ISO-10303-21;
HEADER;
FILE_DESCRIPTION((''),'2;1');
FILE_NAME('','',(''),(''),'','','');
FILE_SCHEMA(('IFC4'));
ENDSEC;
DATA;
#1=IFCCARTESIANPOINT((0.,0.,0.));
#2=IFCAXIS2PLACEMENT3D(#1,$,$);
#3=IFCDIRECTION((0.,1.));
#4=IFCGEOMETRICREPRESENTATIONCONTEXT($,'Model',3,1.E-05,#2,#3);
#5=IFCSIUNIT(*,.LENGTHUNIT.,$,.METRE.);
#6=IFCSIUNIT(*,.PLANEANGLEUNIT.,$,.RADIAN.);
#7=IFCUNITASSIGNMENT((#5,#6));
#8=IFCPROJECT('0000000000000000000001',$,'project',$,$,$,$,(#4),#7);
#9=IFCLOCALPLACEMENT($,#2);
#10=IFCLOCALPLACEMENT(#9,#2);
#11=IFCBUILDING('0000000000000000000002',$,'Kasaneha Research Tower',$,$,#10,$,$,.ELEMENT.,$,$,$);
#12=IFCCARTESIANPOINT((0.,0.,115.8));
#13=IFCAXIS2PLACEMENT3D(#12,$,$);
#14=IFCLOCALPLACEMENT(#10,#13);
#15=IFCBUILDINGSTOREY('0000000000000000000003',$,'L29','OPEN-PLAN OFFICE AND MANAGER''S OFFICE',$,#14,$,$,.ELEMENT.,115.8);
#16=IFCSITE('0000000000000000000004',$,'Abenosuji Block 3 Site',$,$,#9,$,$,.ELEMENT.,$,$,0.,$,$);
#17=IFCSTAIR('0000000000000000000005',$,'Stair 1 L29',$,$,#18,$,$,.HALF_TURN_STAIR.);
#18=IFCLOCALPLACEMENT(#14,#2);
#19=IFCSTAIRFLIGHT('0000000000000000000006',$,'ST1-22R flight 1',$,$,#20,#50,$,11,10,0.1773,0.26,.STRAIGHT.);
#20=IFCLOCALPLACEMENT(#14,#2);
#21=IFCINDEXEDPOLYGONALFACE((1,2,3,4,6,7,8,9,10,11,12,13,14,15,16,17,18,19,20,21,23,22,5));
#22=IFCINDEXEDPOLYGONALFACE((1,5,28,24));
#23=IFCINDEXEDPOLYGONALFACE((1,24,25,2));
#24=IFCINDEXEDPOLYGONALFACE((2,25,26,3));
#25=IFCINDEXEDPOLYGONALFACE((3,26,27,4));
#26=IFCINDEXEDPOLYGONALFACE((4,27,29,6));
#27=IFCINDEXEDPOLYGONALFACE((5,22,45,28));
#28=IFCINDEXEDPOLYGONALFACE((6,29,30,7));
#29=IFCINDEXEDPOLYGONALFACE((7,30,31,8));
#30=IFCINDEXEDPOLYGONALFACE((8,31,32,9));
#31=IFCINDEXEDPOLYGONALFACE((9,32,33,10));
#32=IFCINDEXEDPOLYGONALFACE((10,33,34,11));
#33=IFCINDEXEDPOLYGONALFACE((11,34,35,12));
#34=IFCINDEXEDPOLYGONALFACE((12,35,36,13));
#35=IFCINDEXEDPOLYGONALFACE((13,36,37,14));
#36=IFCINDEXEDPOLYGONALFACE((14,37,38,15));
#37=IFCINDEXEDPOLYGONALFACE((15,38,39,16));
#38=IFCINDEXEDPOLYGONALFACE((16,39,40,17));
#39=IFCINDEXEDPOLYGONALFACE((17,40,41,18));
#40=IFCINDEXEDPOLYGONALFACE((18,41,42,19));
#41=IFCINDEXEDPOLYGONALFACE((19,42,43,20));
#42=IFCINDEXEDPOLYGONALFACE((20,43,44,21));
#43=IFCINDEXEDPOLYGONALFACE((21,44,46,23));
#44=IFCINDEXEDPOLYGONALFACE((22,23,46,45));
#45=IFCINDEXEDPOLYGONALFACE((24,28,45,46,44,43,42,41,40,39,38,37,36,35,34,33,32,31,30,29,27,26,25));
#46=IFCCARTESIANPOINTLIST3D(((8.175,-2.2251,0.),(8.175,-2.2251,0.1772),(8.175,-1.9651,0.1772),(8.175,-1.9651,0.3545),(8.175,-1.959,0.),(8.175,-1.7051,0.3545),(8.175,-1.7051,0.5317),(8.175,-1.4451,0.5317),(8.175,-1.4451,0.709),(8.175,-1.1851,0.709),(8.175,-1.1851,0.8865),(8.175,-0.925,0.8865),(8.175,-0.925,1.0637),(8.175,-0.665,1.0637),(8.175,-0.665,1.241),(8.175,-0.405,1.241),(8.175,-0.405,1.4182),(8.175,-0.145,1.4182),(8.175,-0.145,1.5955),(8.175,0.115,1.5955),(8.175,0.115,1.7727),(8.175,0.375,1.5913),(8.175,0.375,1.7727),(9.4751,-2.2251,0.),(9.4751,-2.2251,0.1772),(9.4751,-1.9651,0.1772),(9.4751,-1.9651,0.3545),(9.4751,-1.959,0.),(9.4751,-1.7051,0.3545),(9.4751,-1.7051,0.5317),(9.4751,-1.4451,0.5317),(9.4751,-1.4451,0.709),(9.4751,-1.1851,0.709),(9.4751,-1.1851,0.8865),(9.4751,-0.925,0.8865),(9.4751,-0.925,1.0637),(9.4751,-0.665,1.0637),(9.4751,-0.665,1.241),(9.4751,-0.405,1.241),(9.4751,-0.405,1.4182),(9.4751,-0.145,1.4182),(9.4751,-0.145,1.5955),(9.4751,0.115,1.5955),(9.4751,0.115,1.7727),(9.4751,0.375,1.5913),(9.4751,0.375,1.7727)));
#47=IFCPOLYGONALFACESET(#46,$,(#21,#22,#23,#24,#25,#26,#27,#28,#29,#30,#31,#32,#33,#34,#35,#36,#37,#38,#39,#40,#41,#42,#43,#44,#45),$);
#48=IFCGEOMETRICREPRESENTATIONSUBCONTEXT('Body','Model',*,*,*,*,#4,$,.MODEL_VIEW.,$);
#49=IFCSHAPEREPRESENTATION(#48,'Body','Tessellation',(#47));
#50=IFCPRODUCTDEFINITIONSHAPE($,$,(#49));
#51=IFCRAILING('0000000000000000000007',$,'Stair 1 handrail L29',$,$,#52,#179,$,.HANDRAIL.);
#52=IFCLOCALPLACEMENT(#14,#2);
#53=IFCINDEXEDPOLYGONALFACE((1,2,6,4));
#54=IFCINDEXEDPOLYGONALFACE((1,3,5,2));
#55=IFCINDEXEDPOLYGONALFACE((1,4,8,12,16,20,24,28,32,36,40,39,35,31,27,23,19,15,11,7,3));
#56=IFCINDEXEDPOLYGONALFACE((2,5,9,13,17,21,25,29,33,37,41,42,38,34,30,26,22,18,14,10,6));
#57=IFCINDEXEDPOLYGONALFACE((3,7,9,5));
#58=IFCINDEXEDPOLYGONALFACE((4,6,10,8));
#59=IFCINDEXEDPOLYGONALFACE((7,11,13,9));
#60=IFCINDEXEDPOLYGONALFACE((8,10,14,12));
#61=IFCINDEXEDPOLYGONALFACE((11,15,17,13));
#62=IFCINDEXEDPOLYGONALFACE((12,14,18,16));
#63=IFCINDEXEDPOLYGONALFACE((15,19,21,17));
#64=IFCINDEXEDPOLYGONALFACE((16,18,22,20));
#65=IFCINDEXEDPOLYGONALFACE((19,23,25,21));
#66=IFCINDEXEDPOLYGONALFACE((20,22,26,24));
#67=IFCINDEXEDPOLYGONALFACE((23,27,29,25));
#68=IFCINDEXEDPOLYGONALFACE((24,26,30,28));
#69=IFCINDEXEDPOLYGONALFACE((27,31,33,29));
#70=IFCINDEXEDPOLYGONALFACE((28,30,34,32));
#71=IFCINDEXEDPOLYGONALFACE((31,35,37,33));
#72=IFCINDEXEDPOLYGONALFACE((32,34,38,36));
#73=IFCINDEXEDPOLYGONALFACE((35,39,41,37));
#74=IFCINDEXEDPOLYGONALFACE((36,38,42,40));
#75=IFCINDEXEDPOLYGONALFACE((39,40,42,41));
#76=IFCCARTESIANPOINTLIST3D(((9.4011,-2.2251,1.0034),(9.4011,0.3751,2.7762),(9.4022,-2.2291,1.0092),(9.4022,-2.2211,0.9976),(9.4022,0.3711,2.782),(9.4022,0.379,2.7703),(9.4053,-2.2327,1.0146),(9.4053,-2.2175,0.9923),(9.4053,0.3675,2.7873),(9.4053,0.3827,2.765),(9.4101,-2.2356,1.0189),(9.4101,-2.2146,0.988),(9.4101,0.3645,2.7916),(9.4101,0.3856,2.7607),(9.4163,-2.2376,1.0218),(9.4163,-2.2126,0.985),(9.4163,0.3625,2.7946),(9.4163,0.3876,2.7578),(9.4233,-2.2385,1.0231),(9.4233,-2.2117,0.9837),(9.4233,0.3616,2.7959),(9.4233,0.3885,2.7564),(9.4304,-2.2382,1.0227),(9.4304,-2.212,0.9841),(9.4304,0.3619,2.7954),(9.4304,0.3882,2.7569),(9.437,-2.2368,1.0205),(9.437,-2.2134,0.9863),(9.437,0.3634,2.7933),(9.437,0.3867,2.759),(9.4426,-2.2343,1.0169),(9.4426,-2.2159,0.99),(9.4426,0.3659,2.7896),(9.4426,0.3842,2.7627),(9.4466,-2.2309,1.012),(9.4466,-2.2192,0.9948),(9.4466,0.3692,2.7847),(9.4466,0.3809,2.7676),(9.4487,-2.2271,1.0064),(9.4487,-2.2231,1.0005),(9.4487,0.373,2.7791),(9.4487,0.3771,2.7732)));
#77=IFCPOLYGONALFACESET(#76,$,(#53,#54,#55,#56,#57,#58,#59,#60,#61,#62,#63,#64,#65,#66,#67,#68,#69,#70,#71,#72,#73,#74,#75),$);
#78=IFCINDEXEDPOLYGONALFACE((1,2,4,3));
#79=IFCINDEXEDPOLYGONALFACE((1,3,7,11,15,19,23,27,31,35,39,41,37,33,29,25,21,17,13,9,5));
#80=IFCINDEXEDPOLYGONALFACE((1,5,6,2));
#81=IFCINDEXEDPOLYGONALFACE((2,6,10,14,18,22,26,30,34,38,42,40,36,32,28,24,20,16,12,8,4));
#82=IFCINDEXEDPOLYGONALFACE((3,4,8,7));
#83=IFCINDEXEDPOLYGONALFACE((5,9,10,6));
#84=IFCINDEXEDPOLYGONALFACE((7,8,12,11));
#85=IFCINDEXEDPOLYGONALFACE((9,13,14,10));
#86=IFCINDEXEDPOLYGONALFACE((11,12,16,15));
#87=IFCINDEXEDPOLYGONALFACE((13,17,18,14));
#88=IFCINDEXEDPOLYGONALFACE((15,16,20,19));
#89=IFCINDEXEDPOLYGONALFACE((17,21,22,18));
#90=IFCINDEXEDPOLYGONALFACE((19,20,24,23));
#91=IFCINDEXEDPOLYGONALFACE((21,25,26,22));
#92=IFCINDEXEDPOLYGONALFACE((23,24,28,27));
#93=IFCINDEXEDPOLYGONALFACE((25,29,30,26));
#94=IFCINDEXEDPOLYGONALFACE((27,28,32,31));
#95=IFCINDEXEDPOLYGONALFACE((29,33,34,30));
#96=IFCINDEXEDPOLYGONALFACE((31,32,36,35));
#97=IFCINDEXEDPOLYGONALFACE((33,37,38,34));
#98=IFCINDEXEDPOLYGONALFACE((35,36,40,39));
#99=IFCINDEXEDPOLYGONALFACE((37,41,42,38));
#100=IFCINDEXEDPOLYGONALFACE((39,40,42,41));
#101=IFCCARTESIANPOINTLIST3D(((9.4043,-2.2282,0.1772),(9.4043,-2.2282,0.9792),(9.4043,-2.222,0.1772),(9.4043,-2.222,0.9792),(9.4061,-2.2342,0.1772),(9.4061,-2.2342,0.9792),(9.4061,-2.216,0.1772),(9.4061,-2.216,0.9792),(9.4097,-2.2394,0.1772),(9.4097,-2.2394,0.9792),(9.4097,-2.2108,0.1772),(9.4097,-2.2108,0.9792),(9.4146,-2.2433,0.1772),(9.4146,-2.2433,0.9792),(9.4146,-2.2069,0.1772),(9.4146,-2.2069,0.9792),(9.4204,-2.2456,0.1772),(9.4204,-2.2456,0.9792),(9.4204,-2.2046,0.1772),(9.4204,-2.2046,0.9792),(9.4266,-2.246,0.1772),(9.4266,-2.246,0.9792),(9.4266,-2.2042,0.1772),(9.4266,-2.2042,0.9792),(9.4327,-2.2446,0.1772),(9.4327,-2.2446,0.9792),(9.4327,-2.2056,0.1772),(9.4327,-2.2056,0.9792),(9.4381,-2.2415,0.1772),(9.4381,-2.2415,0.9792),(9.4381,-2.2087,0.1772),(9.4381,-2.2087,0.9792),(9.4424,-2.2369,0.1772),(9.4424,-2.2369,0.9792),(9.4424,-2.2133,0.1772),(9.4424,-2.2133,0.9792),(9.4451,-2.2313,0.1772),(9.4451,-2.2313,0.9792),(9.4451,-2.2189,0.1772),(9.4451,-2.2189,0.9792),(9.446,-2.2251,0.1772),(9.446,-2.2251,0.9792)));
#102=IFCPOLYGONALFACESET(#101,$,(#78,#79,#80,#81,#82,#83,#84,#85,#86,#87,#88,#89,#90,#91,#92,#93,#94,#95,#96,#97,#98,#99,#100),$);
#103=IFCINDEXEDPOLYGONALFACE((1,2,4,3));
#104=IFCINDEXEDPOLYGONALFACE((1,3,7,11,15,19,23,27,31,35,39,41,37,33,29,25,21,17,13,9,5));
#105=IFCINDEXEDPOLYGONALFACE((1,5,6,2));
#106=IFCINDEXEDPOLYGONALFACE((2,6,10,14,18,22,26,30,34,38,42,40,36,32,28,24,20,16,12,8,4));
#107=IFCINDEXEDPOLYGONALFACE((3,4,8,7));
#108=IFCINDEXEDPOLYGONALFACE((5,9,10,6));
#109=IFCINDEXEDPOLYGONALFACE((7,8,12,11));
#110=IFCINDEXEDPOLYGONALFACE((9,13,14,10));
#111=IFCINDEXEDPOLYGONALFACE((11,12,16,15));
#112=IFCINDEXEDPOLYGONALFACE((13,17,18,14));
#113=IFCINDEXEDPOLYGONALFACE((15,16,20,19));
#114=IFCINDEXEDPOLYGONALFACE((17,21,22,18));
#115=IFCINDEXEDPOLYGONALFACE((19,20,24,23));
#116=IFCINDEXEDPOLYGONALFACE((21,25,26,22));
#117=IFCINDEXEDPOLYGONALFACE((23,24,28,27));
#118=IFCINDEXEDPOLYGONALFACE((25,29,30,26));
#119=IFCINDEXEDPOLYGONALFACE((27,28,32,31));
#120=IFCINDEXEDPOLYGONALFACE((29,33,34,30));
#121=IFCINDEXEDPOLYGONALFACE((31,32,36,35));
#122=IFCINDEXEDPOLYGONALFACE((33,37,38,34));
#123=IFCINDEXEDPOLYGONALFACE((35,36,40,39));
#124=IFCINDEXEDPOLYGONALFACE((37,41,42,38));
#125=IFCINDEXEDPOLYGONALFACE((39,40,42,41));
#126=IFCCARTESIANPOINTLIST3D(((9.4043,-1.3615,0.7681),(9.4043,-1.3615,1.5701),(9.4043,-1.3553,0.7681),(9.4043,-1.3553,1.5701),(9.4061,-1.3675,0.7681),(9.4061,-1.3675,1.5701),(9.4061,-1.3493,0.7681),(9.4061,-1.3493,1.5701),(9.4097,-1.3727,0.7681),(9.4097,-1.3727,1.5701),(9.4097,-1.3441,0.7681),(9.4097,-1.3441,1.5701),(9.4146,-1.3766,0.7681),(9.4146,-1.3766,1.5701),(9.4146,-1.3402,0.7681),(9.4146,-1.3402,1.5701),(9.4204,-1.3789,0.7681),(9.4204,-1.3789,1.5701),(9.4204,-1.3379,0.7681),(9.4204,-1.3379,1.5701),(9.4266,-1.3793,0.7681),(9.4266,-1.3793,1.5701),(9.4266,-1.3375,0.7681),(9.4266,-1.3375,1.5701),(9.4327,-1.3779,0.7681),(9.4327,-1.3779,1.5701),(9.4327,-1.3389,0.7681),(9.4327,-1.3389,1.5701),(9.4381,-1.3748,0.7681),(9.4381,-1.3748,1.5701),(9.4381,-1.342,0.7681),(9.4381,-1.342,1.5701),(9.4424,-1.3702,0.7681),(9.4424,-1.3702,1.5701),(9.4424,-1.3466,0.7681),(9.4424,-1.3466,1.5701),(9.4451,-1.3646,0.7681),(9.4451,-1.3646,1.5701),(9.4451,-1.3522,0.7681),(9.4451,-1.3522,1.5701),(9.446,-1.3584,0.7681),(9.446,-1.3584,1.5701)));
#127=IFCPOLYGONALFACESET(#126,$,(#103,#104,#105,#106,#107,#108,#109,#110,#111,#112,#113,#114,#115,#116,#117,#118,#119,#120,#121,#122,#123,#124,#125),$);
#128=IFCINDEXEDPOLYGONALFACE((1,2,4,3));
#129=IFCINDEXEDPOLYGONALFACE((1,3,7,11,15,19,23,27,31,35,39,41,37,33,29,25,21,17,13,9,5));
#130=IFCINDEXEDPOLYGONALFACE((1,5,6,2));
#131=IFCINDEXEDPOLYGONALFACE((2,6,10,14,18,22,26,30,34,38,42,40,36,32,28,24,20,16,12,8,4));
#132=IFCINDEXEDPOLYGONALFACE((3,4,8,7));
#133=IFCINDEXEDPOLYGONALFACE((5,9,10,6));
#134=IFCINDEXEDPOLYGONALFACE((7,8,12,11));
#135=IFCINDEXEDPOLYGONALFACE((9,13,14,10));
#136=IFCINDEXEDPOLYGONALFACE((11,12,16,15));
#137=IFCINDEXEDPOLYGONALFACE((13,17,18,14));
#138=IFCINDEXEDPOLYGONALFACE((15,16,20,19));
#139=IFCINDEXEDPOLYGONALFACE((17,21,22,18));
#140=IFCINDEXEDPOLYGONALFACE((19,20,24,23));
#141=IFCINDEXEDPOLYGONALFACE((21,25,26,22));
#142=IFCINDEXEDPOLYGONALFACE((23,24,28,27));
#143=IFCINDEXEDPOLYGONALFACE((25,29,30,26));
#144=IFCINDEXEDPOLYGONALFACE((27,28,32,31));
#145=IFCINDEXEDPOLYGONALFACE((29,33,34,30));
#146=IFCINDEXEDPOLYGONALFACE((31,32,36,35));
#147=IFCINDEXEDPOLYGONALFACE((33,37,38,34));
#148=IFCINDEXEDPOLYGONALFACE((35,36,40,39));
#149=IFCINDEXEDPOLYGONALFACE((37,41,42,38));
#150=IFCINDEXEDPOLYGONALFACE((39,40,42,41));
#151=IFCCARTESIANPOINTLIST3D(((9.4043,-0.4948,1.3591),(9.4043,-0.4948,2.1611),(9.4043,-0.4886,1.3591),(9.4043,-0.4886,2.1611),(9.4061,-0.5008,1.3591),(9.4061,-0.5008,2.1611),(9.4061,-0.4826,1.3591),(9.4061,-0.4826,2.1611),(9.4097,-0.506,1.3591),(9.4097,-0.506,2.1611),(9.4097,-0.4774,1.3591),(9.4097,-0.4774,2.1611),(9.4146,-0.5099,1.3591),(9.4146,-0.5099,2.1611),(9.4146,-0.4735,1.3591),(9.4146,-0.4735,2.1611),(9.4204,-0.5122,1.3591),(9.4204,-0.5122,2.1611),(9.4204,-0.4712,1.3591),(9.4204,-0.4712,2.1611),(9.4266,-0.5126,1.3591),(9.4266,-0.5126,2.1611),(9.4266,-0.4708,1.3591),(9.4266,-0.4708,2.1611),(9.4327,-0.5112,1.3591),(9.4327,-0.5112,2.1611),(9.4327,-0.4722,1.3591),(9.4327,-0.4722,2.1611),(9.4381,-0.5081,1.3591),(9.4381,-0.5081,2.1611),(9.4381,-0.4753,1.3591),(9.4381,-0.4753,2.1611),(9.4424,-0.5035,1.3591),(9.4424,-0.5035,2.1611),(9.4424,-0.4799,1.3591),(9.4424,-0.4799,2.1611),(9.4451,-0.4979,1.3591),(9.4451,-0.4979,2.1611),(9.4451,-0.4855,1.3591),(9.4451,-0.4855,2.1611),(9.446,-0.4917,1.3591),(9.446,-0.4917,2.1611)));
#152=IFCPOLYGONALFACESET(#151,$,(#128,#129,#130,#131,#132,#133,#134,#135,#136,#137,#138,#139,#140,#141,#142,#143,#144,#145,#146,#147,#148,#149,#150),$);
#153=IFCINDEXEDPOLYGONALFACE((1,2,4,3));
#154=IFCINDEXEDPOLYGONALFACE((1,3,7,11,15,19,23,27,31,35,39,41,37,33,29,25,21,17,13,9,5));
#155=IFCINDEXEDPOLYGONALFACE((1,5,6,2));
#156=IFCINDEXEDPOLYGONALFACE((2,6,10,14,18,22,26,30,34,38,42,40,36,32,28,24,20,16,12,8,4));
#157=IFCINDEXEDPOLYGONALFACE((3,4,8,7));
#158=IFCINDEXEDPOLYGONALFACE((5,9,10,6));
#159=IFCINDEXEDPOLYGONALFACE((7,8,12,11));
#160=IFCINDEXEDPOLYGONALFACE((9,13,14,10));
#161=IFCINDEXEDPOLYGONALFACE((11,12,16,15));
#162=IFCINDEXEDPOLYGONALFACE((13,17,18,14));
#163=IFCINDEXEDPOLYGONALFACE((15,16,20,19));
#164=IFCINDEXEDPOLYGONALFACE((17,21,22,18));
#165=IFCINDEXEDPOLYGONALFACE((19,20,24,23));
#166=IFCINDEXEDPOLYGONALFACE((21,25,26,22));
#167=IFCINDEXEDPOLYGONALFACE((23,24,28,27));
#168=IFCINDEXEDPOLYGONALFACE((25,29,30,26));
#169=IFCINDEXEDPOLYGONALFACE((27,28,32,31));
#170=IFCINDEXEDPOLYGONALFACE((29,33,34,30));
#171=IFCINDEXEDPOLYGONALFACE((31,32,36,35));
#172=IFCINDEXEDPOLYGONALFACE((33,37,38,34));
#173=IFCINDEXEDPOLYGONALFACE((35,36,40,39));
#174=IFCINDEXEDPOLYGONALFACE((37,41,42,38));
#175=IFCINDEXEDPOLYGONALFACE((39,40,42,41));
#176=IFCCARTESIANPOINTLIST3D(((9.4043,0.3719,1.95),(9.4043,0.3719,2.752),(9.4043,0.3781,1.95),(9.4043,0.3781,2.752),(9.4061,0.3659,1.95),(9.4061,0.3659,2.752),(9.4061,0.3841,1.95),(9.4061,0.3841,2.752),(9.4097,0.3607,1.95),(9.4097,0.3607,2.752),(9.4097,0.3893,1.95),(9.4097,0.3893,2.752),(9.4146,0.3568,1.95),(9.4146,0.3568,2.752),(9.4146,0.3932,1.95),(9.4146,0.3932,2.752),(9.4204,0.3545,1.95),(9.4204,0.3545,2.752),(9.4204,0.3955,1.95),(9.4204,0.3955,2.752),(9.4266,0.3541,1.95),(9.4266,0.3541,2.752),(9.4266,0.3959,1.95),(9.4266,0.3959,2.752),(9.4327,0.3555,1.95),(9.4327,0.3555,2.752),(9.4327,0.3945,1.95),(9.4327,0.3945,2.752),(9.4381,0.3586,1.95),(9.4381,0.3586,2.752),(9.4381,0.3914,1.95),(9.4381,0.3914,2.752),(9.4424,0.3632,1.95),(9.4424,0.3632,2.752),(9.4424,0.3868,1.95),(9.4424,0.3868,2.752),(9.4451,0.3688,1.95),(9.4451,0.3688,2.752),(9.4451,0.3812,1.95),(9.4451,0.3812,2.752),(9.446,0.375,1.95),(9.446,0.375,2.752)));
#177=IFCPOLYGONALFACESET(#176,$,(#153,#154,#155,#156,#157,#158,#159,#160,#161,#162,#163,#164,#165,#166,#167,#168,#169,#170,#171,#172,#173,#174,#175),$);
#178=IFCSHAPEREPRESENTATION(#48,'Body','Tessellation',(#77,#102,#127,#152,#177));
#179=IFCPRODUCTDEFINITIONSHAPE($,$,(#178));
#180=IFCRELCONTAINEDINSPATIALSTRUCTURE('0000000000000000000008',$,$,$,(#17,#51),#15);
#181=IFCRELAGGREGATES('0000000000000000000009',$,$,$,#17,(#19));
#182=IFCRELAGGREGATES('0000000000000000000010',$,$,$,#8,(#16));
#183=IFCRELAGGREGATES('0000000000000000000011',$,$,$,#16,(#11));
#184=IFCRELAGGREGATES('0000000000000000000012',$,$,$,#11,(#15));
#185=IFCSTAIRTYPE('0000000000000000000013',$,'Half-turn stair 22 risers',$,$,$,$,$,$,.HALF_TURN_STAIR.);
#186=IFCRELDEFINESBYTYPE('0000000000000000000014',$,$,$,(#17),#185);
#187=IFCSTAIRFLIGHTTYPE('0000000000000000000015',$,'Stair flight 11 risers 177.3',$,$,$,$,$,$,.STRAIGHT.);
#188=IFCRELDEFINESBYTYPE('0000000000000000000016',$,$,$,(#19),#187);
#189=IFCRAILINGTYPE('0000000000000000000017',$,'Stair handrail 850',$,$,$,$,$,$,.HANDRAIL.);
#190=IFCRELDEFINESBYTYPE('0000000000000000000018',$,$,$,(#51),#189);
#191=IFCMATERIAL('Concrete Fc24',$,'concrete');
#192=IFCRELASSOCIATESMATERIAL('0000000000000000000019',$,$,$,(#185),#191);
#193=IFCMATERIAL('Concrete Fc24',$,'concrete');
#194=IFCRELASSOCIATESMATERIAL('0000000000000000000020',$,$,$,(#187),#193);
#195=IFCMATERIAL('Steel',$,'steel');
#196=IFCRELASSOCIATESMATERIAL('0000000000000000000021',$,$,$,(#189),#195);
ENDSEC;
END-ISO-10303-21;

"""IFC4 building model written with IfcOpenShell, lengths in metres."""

from ifc_helpers import new_model, si_unit, direction, frame, origin, origin_2d, place, context, subcontext, project, spatial, polyline, circle, outline, extrude, material, type_object, element, aggregate, save


model = new_model("IFC4")

# Units and contexts
model_context = context("Model", 3, precision=1e-05, world=origin(), true_north=direction((0.0, 1.0)))
body_context = subcontext(model_context, "Body", "Model", "MODEL_VIEW")
ifc_project = project(units=[si_unit("LENGTHUNIT", "METRE"), si_unit("PLANEANGLEUNIT", "RADIAN")], contexts=[model_context])

# Site, building, storey
site_placement = place(None, origin())
site = spatial("IfcSite", under=ifc_project, at=site_placement, Name="Abenosuji Block 3 Site", CompositionType="ELEMENT", RefElevation=0.0)
building_placement = place(site_placement, origin())
building = spatial("IfcBuilding", under=site, at=building_placement, Name="Kasaneha Research Tower", CompositionType="ELEMENT")
storey_placement = place(building_placement, frame((0.0, 0.0, 115.8)))
storey = spatial("IfcBuildingStorey", under=building, at=storey_placement, Name="L29", Description="OPEN-PLAN OFFICE AND MANAGER'S OFFICE", CompositionType="ELEMENT", Elevation=115.8)

# Stair, stair flight
ifc_material_1 = material(Name="Concrete Fc24", Category="concrete")
stair_type = type_object("IfcStairType", Name="Half-turn stair 22 risers", PredefinedType="HALF_TURN_STAIR", material=ifc_material_1)
stair_placement = place(storey_placement, origin())
stair = element("IfcStair", 1, at=stair_placement, inside=storey, type_object=stair_type, Name="Stair 1 L29", PredefinedType="HALF_TURN_STAIR")
ifc_material_2 = material(Name="Concrete Fc24", Category="concrete")
stair_flight_type = type_object("IfcStairFlightType", Name="Stair flight 11 risers 177.3", PredefinedType="STRAIGHT", material=ifc_material_2)
stair_flight_placement = place(storey_placement, frame((8.825, -2.2251, 0.0), z_axis=(0.0, 0.0, 1.0), x_axis=(0.0, 1.0, 0.0)))
stair_flight = element("IfcStairFlight", 2, at=stair_flight_placement, type_object=stair_flight_type, Name="ST1-22R flight 1", NumberOfRisers=11, NumberOfTreads=10, PredefinedType="STRAIGHT", RiserHeight=0.1773, TreadLength=0.26, context=body_context, shape_type="SweptSolid", body=[
    extrude(outline(polyline([(0.0, 0.0), (0.0, 0.1772), (0.26, 0.1772), (0.26, 0.3545), (0.52, 0.3545), (0.52, 0.5317), (0.78, 0.5317), (0.78, 0.709), (1.04, 0.709), (1.04, 0.8865), (1.3, 0.8865), (1.3, 1.0637), (1.5601, 1.0637), (1.5601, 1.241), (1.8201, 1.241), (1.8201, 1.4182), (2.0801, 1.4182), (2.0801, 1.5955), (2.3401, 1.5955), (2.3401, 1.7727), (2.6001, 1.7727), (2.6001, 1.95), (2.6001, 1.5913), (0.2661, 0.0), (0.0, 0.0)])), frame((0.0, 0.6499, 0.0), z_axis=(0.0, -1.0, 0.0), x_axis=(1.0, 0.0, 0.0)), (0.0, 0.0, 1.0), 1.3),
])
aggregate(stair, [stair_flight])

# Railing
ifc_material_3 = material(Name="Steel", Category="steel")
railing_type = type_object("IfcRailingType", Name="Stair handrail 850", PredefinedType="HANDRAIL", material=ifc_material_3)
railing_placement = place(storey_placement, frame((9.425, -2.2251, 0.1772)))
element("IfcRailing", 3, at=railing_placement, inside=storey, type_object=railing_type, Name="Stair 1 handrail L29", PredefinedType="HANDRAIL", context=body_context, shape_type="SweptSolid", body=[
    extrude(circle(Radius=0.0239, at=origin_2d()), frame((0.0, 0.0, 0.8262), z_axis=(0.0, 0.82624, 0.563318), x_axis=(-1.0, 0.0, 0.0)), (0.0, 0.0, 1.0), 3.147),
    extrude(circle(Radius=0.021, at=origin_2d()), origin(), (0.0, 0.0, 1.0), 0.802),
    extrude(circle(Radius=0.021, at=origin_2d()), frame((0.0, 0.8667, 0.5908)), (0.0, 0.0, 1.0), 0.802),
    extrude(circle(Radius=0.021, at=origin_2d()), frame((0.0, 1.7334, 1.1819)), (0.0, 0.0, 1.0), 0.802),
    extrude(circle(Radius=0.021, at=origin_2d()), frame((0.0, 2.6001, 1.7727)), (0.0, 0.0, 1.0), 0.802),
])

save(model, "model.ifc")
